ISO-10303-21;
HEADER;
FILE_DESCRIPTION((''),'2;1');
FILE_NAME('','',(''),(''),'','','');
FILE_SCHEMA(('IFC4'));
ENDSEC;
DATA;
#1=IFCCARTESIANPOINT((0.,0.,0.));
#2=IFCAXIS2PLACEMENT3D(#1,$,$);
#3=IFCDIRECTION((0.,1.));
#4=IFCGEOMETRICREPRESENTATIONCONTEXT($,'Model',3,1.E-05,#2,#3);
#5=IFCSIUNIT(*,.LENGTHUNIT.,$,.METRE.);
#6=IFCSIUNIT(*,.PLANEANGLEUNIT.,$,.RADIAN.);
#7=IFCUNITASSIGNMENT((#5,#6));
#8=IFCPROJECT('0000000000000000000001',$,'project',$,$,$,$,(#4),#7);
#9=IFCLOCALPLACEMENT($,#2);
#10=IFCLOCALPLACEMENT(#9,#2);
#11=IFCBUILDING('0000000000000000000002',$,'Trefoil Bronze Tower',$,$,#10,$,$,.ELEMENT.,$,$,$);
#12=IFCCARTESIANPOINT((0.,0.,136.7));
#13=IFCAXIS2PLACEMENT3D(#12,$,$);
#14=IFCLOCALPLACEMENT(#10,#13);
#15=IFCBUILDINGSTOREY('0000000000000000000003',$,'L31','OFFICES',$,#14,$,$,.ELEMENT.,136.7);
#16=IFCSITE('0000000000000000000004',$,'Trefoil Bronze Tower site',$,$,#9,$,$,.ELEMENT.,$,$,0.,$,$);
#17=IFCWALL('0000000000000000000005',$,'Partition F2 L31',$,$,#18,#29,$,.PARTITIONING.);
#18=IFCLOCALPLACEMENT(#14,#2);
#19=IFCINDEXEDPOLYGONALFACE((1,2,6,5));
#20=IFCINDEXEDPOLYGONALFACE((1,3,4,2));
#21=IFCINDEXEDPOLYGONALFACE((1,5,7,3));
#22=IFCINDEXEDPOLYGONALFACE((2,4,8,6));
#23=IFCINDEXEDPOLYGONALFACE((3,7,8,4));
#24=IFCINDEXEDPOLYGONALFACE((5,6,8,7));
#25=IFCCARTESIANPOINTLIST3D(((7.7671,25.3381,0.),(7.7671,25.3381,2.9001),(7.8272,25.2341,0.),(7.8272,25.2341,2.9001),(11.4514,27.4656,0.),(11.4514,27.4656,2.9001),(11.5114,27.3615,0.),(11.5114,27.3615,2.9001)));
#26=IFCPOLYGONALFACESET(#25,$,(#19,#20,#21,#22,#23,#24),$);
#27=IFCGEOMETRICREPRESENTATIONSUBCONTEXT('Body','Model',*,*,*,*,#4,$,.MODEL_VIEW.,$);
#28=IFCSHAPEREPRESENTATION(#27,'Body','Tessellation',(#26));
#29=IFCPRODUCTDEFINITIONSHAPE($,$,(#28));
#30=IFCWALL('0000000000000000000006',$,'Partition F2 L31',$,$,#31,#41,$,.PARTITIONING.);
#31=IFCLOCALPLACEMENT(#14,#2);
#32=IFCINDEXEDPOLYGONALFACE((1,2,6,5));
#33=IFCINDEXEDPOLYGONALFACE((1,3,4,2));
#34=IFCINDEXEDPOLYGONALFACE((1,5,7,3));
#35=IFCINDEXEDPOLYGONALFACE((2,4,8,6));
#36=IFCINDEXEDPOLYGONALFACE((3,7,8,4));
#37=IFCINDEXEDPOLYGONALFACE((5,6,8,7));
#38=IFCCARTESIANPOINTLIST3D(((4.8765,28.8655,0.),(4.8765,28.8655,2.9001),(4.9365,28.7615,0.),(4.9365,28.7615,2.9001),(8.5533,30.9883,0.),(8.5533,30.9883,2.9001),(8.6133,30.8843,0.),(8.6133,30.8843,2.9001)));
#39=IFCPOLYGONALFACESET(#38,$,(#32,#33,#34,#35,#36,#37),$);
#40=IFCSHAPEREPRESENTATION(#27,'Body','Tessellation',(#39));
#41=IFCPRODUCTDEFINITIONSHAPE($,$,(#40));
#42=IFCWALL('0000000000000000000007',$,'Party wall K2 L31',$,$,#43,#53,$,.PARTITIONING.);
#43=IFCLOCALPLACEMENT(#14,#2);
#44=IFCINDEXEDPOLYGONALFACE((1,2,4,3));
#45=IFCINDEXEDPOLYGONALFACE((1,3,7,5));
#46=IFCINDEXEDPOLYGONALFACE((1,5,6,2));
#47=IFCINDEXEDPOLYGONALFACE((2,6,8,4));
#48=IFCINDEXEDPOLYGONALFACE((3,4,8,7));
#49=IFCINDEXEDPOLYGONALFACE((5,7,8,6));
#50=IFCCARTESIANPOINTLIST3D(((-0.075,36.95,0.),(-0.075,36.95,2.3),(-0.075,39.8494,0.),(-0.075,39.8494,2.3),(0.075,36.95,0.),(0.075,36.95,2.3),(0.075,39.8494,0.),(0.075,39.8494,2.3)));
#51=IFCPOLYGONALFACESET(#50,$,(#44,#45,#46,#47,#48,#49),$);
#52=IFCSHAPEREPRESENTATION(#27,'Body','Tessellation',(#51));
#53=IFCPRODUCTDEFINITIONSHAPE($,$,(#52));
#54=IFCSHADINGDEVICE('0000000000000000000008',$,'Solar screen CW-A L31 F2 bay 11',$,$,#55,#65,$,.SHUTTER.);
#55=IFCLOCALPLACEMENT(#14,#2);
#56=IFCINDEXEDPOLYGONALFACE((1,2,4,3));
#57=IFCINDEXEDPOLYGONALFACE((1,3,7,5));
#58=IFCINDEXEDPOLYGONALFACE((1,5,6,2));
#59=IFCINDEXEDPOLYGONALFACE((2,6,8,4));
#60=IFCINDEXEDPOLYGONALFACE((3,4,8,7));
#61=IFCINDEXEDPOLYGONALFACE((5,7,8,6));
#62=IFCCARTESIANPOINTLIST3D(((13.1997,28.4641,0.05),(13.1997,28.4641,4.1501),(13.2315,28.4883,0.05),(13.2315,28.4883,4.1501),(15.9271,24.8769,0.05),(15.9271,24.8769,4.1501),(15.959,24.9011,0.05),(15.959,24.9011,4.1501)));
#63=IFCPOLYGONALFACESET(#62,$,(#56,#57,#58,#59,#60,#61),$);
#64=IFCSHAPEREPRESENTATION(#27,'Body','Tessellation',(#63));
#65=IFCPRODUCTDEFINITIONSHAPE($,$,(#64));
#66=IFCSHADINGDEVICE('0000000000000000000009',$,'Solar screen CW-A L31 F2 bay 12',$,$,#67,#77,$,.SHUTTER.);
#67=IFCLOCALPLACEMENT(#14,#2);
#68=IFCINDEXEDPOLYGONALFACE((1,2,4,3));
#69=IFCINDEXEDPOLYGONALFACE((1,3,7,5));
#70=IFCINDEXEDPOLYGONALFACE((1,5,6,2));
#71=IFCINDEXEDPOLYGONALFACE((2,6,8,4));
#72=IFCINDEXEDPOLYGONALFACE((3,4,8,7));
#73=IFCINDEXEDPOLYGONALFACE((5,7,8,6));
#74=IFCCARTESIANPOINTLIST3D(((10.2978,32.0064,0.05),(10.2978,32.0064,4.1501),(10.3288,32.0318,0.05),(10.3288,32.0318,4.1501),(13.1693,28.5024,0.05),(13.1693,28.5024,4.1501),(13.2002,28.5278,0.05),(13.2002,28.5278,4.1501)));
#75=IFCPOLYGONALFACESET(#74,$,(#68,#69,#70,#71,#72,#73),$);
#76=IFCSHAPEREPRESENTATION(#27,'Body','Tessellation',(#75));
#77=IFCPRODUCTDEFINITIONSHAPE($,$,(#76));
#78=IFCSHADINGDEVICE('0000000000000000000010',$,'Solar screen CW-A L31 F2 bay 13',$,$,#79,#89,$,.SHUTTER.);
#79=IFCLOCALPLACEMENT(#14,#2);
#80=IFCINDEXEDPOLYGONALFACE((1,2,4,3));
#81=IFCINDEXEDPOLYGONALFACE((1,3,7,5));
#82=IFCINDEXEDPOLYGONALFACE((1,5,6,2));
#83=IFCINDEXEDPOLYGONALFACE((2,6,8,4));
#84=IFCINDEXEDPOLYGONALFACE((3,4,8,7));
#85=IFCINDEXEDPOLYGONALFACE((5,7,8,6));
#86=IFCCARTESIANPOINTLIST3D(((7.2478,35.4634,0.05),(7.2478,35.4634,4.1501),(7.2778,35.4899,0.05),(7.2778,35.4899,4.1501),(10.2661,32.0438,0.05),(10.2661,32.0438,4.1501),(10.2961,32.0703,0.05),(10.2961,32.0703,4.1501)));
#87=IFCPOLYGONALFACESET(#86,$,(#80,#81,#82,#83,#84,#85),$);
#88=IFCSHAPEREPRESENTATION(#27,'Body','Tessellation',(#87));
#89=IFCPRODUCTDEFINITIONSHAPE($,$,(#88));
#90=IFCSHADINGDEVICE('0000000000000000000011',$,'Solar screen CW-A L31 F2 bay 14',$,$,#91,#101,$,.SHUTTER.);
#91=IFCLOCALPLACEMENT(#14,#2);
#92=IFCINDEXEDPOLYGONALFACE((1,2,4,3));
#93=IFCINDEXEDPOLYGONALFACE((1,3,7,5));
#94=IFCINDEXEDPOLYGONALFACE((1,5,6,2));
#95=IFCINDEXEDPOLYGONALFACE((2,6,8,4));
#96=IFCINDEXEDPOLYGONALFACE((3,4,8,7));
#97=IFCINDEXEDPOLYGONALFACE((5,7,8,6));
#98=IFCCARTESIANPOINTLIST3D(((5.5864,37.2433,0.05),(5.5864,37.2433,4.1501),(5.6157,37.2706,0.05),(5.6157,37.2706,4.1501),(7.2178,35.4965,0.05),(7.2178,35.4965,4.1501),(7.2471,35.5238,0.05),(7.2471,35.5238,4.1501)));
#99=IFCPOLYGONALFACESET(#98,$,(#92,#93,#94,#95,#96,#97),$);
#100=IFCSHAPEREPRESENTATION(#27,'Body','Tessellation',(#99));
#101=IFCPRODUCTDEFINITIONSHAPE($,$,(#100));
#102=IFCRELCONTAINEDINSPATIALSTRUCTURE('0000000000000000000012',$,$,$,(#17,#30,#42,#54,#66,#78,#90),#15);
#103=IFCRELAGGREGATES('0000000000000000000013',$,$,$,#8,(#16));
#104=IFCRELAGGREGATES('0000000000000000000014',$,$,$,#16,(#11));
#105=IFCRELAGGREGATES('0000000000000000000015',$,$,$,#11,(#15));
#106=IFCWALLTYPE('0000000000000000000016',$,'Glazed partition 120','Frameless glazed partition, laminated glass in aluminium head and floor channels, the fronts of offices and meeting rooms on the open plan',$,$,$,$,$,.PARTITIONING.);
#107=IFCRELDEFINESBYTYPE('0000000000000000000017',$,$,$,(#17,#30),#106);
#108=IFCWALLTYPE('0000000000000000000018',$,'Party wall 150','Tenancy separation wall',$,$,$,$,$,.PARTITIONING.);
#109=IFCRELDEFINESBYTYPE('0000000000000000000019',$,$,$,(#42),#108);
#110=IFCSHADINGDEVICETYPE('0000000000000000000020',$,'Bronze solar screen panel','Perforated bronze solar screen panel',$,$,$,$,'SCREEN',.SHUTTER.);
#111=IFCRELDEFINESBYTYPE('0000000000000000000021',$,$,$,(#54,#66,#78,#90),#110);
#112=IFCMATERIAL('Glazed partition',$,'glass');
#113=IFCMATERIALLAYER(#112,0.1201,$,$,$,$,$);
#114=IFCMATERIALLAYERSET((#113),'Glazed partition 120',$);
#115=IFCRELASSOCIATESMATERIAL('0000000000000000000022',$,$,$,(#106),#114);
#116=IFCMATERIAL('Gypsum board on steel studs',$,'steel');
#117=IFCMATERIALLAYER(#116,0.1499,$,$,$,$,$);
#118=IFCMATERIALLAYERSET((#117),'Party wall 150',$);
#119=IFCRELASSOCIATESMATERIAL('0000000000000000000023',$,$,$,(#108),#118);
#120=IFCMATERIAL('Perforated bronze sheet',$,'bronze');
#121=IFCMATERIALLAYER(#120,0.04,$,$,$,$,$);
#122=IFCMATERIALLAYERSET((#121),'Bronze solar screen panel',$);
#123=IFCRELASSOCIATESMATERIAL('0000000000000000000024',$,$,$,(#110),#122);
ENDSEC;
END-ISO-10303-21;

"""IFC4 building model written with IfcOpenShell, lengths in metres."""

from ifc_helpers import new_model, si_unit, direction, frame, frame_2d, origin, origin_2d, place, context, subcontext, project, spatial, rectangle, extrude, material, layer, layer_set, type_object, element, save


model = new_model("IFC4")

# Units and contexts
model_context = context("Model", 3, precision=1e-05, world=origin(), true_north=direction((0.0, 1.0)))
body_context = subcontext(model_context, "Body", "Model", "MODEL_VIEW")
ifc_project = project(units=[si_unit("LENGTHUNIT", "METRE"), si_unit("PLANEANGLEUNIT", "RADIAN")], contexts=[model_context])

# Site, building, storey
site_placement = place(None, origin())
site = spatial("IfcSite", under=ifc_project, at=site_placement, Name="Trefoil Bronze Tower site", CompositionType="ELEMENT", RefElevation=0.0)
building_placement = place(site_placement, origin())
building = spatial("IfcBuilding", under=site, at=building_placement, Name="Trefoil Bronze Tower", CompositionType="ELEMENT")
storey_placement = place(building_placement, frame((0.0, 0.0, 136.7)))
storey = spatial("IfcBuildingStorey", under=building, at=storey_placement, Name="L31", Description="OFFICES", CompositionType="ELEMENT", Elevation=136.7)

# Shared definitions
ifc_material_1 = material(Name="Glazed partition", Category="glass")
ifc_layer_1 = layer(ifc_material_1, 0.1201)
ifc_layer_set_1 = layer_set([ifc_layer_1], Name="Glazed partition 120")
wall_type_1 = type_object("IfcWallType", Name="Glazed partition 120", Description="Frameless glazed partition, laminated glass in aluminium head and floor channels, the fronts of offices and meeting rooms on the open plan", PredefinedType="PARTITIONING", material=ifc_layer_set_1)

# Walls
wall_1_placement = place(storey_placement, frame((7.7971, 25.2861, 0.0), z_axis=(0.0, 0.0, 1.0), x_axis=(0.865995, 0.500052, 0.0)))
element("IfcWall", 1, at=wall_1_placement, inside=storey, type_object=wall_type_1, Name="Partition F2 L31", PredefinedType="PARTITIONING", context=body_context, shape_type="SweptSolid", body=[
    extrude(rectangle(XDim=4.2544, YDim=0.1201, at=frame_2d((2.1272, 0.0))), origin(), (0.0, 0.0, 1.0), 2.9001),
])
wall_2_placement = place(storey_placement, frame((4.9065, 28.8135, 0.0), z_axis=(0.0, 0.0, 1.0), x_axis=(0.866023, 0.500005, 0.0)))
element("IfcWall", 2, at=wall_2_placement, inside=storey, type_object=wall_type_1, Name="Partition F2 L31", PredefinedType="PARTITIONING", context=body_context, shape_type="SweptSolid", body=[
    extrude(rectangle(XDim=4.2456, YDim=0.1201, at=frame_2d((2.1228, 0.0))), origin(), (0.0, 0.0, 1.0), 2.9001),
])
ifc_material_2 = material(Name="Gypsum board on steel studs", Category="steel")
ifc_layer_2 = layer(ifc_material_2, 0.1499)
ifc_layer_set_2 = layer_set([ifc_layer_2], Name="Party wall 150")
wall_type_2 = type_object("IfcWallType", Name="Party wall 150", Description="Tenancy separation wall", PredefinedType="PARTITIONING", material=ifc_layer_set_2)
wall_3_placement = place(storey_placement, frame((0.0, 36.95, 0.0), z_axis=(0.0, 0.0, 1.0), x_axis=(0.0, 1.0, 0.0)))
element("IfcWall", 3, at=wall_3_placement, inside=storey, type_object=wall_type_2, Name="Party wall K2 L31", PredefinedType="PARTITIONING", context=body_context, shape_type="SweptSolid", body=[
    extrude(rectangle(XDim=2.8994, YDim=0.1499, at=frame_2d((1.4497, 0.0))), origin(), (0.0, 0.0, 1.0), 2.3),
])

# Shading devices
ifc_material_3 = material(Name="Perforated bronze sheet", Category="bronze")
ifc_layer_3 = layer(ifc_material_3, 0.04)
ifc_layer_set_3 = layer_set([ifc_layer_3], Name="Bronze solar screen panel")
shading_device_type = type_object("IfcShadingDeviceType", Name="Bronze solar screen panel", Description="Perforated bronze solar screen panel", ElementType="SCREEN", PredefinedType="SHUTTER", material=ifc_layer_set_3)
shading_device_1_placement = place(storey_placement, frame((14.5793, 26.6826, 0.05), z_axis=(0.0, 0.0, 1.0), x_axis=(-0.605252, 0.796034, 0.0)))
element("IfcShadingDevice", 4, at=shading_device_1_placement, inside=storey, type_object=shading_device_type, Name="Solar screen CW-A L31 F2 bay 11", PredefinedType="SHUTTER", context=body_context, shape_type="SweptSolid", body=[
    extrude(rectangle(XDim=4.5063, YDim=0.04, at=origin_2d()), origin(), (0.0, 0.0, 1.0), 4.1001),
])
shading_device_2_placement = place(storey_placement, frame((11.749, 30.2671, 0.05), z_axis=(0.0, 0.0, 1.0), x_axis=(-0.63384, 0.773464, 0.0)))
element("IfcShadingDevice", 5, at=shading_device_2_placement, inside=storey, type_object=shading_device_type, Name="Solar screen CW-A L31 F2 bay 12", PredefinedType="SHUTTER", context=body_context, shape_type="SweptSolid", body=[
    extrude(rectangle(XDim=4.5303, YDim=0.04, at=origin_2d()), origin(), (0.0, 0.0, 1.0), 4.1001),
])
shading_device_3_placement = place(storey_placement, frame((8.772, 33.7668, 0.05), z_axis=(0.0, 0.0, 1.0), x_axis=(-0.661751, 0.749723, 0.0)))
element("IfcShadingDevice", 6, at=shading_device_3_placement, inside=storey, type_object=shading_device_type, Name="Solar screen CW-A L31 F2 bay 13", PredefinedType="SHUTTER", context=body_context, shape_type="SweptSolid", body=[
    extrude(rectangle(XDim=4.561, YDim=0.04, at=origin_2d()), origin(), (0.0, 0.0, 1.0), 4.1001),
])
shading_device_4_placement = place(storey_placement, frame((6.4167, 36.3835, 0.05), z_axis=(0.0, 0.0, 1.0), x_axis=(-0.682536, 0.730852, 0.0)))
element("IfcShadingDevice", 7, at=shading_device_4_placement, inside=storey, type_object=shading_device_type, Name="Solar screen CW-A L31 F2 bay 14", PredefinedType="SHUTTER", context=body_context, shape_type="SweptSolid", body=[
    extrude(rectangle(XDim=2.3901, YDim=0.04, at=origin_2d()), origin(), (0.0, 0.0, 1.0), 4.1001),
])

save(model, "model.ifc")
